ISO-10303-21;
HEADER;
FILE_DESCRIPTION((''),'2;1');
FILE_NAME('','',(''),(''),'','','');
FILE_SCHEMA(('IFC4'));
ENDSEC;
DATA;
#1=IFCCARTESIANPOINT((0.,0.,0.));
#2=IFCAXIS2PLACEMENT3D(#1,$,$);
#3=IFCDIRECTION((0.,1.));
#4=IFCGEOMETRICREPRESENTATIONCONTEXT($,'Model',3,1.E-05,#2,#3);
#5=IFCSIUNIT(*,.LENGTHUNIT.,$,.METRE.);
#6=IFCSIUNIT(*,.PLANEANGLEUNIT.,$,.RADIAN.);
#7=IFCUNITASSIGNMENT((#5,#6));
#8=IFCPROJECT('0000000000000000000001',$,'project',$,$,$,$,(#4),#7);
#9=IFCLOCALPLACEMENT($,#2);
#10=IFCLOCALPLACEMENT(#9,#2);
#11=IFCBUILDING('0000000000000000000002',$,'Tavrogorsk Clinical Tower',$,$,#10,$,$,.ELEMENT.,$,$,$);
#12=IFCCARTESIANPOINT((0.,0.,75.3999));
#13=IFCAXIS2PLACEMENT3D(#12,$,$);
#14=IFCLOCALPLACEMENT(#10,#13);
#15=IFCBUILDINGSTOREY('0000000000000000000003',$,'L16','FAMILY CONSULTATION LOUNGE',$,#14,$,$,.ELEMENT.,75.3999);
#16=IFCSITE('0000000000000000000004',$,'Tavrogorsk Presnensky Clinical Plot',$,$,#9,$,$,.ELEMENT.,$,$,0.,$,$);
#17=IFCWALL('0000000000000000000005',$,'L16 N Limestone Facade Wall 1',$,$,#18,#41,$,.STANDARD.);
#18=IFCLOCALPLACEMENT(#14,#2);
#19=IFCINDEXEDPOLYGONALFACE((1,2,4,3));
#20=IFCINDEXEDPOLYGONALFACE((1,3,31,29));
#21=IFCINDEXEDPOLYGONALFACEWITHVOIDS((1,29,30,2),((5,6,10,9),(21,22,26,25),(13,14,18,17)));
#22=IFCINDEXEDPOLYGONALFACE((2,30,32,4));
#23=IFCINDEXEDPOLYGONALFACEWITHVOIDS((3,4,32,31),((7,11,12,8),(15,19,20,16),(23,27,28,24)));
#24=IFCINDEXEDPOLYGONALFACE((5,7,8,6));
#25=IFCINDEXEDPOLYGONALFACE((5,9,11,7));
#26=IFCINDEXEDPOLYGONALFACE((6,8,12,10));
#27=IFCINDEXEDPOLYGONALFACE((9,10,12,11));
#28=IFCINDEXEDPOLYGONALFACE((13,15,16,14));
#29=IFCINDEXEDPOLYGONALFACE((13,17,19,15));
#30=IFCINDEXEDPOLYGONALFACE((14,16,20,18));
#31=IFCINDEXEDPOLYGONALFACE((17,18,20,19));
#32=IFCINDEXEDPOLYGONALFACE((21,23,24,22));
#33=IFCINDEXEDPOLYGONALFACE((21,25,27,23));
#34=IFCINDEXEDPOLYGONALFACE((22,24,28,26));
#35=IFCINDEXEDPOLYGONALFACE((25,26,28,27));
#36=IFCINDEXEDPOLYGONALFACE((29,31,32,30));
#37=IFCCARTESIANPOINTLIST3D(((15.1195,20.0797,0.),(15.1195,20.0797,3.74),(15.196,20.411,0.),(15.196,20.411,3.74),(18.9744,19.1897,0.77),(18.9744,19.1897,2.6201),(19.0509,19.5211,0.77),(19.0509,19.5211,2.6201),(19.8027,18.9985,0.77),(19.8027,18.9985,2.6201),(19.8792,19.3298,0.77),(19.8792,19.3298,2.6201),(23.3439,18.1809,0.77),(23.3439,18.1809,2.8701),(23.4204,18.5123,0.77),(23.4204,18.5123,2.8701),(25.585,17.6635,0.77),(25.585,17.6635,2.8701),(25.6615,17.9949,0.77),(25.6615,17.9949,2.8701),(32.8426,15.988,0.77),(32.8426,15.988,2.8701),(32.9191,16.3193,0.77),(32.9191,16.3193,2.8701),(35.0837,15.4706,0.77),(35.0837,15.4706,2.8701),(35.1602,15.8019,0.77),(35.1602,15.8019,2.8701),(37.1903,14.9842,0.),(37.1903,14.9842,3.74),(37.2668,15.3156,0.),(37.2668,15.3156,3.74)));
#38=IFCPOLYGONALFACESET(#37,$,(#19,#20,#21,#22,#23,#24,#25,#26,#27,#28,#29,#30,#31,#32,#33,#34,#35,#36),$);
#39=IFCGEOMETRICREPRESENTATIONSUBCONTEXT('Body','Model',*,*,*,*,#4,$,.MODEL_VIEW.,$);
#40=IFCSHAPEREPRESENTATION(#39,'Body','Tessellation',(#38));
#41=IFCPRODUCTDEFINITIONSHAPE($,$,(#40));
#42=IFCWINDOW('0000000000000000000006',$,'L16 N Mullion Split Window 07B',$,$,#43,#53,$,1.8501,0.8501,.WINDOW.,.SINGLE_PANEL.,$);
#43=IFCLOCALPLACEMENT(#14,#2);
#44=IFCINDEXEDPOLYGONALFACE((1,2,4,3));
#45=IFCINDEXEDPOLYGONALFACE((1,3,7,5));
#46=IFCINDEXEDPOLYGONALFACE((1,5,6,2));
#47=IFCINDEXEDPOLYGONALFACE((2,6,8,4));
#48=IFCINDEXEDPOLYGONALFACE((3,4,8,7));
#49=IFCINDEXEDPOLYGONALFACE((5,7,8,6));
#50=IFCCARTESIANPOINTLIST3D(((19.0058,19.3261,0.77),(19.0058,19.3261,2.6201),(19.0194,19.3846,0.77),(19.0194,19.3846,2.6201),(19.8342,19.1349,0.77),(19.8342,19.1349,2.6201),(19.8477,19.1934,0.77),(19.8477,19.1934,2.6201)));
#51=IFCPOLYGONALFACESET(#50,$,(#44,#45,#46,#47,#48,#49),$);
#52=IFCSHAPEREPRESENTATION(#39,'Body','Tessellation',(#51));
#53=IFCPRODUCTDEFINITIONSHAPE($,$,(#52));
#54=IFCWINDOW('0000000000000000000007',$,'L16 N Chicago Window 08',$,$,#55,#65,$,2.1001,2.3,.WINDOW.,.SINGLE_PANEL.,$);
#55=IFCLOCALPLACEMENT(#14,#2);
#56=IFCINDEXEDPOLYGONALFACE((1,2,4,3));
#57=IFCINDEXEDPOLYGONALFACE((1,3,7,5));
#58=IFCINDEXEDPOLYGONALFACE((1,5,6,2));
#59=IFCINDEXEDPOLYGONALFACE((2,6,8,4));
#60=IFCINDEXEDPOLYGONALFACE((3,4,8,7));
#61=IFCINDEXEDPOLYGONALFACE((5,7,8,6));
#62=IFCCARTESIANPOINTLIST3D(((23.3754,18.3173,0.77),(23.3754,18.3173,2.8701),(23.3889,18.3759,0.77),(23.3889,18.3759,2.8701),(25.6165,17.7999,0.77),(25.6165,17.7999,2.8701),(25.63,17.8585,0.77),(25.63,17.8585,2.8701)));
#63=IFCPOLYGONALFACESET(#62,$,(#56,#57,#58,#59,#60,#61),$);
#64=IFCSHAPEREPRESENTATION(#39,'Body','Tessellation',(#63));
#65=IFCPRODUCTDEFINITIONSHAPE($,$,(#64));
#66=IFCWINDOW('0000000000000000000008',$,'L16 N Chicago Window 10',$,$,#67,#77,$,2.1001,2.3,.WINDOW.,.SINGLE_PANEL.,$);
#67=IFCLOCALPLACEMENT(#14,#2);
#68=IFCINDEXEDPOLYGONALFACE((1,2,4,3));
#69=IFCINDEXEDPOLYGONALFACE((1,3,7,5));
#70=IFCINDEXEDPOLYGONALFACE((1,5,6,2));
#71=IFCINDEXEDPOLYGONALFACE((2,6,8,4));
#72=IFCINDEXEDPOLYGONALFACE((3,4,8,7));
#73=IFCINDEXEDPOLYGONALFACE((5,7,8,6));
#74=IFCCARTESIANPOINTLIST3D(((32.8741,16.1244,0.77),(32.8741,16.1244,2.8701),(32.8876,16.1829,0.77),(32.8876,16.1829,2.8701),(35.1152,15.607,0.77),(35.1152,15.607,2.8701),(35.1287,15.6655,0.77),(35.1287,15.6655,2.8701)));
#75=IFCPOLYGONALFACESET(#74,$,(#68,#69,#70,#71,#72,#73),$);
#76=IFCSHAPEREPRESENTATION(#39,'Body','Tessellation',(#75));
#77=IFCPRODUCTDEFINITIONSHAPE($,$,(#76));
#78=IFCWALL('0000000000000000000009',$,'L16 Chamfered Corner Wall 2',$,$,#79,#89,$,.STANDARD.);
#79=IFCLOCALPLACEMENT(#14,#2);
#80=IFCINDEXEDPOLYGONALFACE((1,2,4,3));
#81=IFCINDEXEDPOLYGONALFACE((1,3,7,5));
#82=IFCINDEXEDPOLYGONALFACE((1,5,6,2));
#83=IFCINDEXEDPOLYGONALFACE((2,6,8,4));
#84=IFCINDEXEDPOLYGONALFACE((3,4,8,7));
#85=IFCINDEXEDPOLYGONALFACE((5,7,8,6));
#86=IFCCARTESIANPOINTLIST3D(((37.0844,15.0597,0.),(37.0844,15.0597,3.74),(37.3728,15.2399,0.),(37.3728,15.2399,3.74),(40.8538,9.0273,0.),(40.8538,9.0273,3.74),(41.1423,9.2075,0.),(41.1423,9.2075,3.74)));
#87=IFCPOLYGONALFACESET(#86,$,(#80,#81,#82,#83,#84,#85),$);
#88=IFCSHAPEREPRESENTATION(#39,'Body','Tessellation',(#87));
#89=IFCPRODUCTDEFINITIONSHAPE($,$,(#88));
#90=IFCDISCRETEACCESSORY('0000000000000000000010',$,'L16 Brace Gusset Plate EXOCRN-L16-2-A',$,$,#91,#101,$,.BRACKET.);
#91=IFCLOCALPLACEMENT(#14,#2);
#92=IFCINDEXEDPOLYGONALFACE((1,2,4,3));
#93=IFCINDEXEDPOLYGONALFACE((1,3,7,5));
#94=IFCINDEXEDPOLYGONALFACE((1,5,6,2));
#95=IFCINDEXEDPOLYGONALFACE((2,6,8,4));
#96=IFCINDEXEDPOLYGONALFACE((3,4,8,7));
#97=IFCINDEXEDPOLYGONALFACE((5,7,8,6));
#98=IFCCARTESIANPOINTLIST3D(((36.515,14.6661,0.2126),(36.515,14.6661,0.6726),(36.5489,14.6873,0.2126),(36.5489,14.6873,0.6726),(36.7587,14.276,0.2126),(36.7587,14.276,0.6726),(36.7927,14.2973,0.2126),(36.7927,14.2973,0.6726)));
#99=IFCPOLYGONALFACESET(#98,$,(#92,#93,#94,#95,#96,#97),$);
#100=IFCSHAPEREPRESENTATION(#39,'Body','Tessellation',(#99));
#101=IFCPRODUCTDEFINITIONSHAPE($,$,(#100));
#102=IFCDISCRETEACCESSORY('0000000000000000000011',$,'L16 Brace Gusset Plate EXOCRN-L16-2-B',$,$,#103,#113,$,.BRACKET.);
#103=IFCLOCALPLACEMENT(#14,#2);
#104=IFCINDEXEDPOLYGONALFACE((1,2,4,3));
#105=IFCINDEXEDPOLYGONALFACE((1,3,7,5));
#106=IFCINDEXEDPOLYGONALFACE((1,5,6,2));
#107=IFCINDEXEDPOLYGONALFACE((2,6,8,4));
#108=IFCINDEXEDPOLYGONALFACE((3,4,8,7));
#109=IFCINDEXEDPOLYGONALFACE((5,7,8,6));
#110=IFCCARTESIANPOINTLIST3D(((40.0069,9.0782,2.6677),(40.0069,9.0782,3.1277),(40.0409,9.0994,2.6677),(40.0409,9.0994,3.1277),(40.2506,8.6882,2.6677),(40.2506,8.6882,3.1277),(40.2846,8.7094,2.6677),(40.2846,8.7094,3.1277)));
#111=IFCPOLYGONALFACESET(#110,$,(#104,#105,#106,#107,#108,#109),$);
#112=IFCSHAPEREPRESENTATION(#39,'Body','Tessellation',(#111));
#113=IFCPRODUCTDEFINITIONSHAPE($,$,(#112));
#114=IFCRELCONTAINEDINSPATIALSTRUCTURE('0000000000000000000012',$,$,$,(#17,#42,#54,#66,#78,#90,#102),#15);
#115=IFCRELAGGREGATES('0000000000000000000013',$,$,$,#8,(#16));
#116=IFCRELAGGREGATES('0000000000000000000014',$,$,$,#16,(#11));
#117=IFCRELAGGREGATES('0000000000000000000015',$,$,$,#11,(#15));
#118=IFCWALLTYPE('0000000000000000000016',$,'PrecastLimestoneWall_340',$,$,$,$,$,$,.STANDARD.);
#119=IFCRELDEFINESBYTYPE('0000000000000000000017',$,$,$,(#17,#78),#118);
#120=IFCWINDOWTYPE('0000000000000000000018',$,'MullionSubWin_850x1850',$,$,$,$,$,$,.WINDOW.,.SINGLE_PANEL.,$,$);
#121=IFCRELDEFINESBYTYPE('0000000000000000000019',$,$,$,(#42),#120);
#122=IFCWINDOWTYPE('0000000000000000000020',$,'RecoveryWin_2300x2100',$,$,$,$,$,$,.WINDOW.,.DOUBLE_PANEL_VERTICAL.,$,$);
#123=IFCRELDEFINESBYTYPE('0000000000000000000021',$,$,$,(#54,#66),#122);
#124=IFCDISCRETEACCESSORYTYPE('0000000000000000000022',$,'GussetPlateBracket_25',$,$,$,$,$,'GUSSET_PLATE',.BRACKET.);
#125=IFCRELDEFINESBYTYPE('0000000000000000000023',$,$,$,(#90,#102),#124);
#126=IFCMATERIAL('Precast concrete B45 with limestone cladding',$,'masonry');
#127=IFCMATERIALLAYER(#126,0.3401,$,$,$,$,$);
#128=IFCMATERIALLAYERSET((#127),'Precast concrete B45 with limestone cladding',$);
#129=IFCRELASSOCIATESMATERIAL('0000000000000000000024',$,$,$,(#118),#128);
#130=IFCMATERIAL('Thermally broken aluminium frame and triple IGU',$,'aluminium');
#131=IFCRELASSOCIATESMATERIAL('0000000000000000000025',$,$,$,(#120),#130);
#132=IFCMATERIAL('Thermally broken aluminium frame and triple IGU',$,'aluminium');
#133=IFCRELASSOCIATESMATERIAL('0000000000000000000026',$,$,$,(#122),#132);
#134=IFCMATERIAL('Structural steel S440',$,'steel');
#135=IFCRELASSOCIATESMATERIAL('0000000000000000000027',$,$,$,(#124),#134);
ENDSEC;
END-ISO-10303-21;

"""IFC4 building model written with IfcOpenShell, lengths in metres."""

from ifc_helpers import new_model, si_unit, direction, frame, frame_2d, origin, origin_2d, place, context, subcontext, project, spatial, rectangle, extrude, material, layer, layer_set, type_object, element, fill, save


model = new_model("IFC4")

# Units and contexts
model_context = context("Model", 3, precision=1e-05, world=origin(), true_north=direction((0.0, 1.0)))
body_context = subcontext(model_context, "Body", "Model", "MODEL_VIEW")
ifc_project = project(units=[si_unit("LENGTHUNIT", "METRE"), si_unit("PLANEANGLEUNIT", "RADIAN")], contexts=[model_context])

# Site, building, storey
site_placement = place(None, origin())
site = spatial("IfcSite", under=ifc_project, at=site_placement, Name="Tavrogorsk Presnensky Clinical Plot", CompositionType="ELEMENT", RefElevation=0.0)
building_placement = place(site_placement, origin())
building = spatial("IfcBuilding", under=site, at=building_placement, Name="Tavrogorsk Clinical Tower", CompositionType="ELEMENT")
storey_placement = place(building_placement, frame((0.0, 0.0, 75.3999)))
storey = spatial("IfcBuildingStorey", under=building, at=storey_placement, Name="L16", Description="FAMILY CONSULTATION LOUNGE", CompositionType="ELEMENT", Elevation=75.3999)

# Wall, openings, windows
ifc_material_1 = material(Name="Precast concrete B45 with limestone cladding", Category="masonry")
ifc_layer_1 = layer(ifc_material_1, 0.3401)
ifc_layer_set_1 = layer_set([ifc_layer_1], Name="Precast concrete B45 with limestone cladding")
wall_type_1 = type_object("IfcWallType", Name="PrecastLimestoneWall_340", PredefinedType="STANDARD", material=ifc_layer_set_1)
wall_1_placement = place(storey_placement, frame((37.2285, 15.1499, 0.0), z_axis=(0.0, 0.0, 1.0), x_axis=(-0.97437, 0.224952, 0.0)))
wall_1 = element("IfcWall", 1, at=wall_1_placement, inside=storey, type_object=wall_type_1, Name="L16 N Limestone Facade Wall 1", PredefinedType="STANDARD", context=body_context, shape_type="SweptSolid", body=[
    extrude(rectangle(XDim=22.6514, YDim=0.3401, at=frame_2d((11.3257, 0.0))), origin(), (0.0, 0.0, 1.0), 3.74),
])
opening_1_placement = place(wall_1_placement, frame((17.845, 0.0, 0.77)))
opening_1 = element("IfcOpeningElement", 2, at=opening_1_placement, cuts=wall_1, PredefinedType="OPENING", context=body_context, shape_type="SweptSolid", body=[
    extrude(rectangle(XDim=0.8501, YDim=1.8501, at=frame_2d((0.425, 0.925))), frame((0.0, 0.1799, 0.0), z_axis=(0.0, -1.0, 0.0), x_axis=(1.0, 0.0, 0.0)), (0.0, 0.0, 1.0), 0.3601),
])
opening_2_placement = place(wall_1_placement, frame((11.9106, 0.0, 0.77)))
opening_2 = element("IfcOpeningElement", 3, at=opening_2_placement, cuts=wall_1, PredefinedType="OPENING", context=body_context, shape_type="SweptSolid", body=[
    extrude(rectangle(XDim=2.3, YDim=2.1001, at=frame_2d((1.1499, 1.05))), frame((0.0, 0.1799, 0.0), z_axis=(0.0, -1.0, 0.0), x_axis=(1.0, 0.0, 0.0)), (0.0, 0.0, 1.0), 0.3601),
])
opening_3_placement = place(wall_1_placement, frame((2.1621, 0.0, 0.77)))
opening_3 = element("IfcOpeningElement", 4, at=opening_3_placement, cuts=wall_1, PredefinedType="OPENING", context=body_context, shape_type="SweptSolid", body=[
    extrude(rectangle(XDim=2.3, YDim=2.1001, at=frame_2d((1.1499, 1.05))), frame((0.0, 0.1799, 0.0), z_axis=(0.0, -1.0, 0.0), x_axis=(1.0, 0.0, 0.0)), (0.0, 0.0, 1.0), 0.3601),
])
ifc_material_2 = material(Name="Thermally broken aluminium frame and triple IGU", Category="aluminium")
window_type_1 = type_object("IfcWindowType", Name="MullionSubWin_850x1850", PartitioningType="SINGLE_PANEL", PredefinedType="WINDOW", material=ifc_material_2)
window_1_placement = place(opening_1_placement, origin())
window_1 = element("IfcWindow", 5, at=window_1_placement, inside=storey, type_object=window_type_1, Name="L16 N Mullion Split Window 07B", OverallHeight=1.8501, OverallWidth=0.8501, PartitioningType="SINGLE_PANEL", PredefinedType="WINDOW", context=body_context, shape_type="SweptSolid", body=[
    extrude(rectangle(XDim=0.8501, YDim=1.8501, at=frame_2d((0.425, 0.925))), frame((0.0, 0.03, 0.0), z_axis=(0.0, -1.0, 0.0), x_axis=(1.0, 0.0, 0.0)), (0.0, 0.0, 1.0), 0.0601),
])
fill(opening_1, window_1)
ifc_material_3 = material(Name="Thermally broken aluminium frame and triple IGU", Category="aluminium")
window_type_2 = type_object("IfcWindowType", Name="RecoveryWin_2300x2100", PartitioningType="DOUBLE_PANEL_VERTICAL", PredefinedType="WINDOW", material=ifc_material_3)
window_2_placement = place(opening_2_placement, origin())
window_2 = element("IfcWindow", 6, at=window_2_placement, inside=storey, type_object=window_type_2, Name="L16 N Chicago Window 08", OverallHeight=2.1001, OverallWidth=2.3, PartitioningType="SINGLE_PANEL", PredefinedType="WINDOW", context=body_context, shape_type="SweptSolid", body=[
    extrude(rectangle(XDim=2.3, YDim=2.1001, at=frame_2d((1.1499, 1.05))), frame((0.0, 0.03, 0.0), z_axis=(0.0, -1.0, 0.0), x_axis=(1.0, 0.0, 0.0)), (0.0, 0.0, 1.0), 0.0601),
])
fill(opening_2, window_2)
window_3_placement = place(opening_3_placement, origin())
window_3 = element("IfcWindow", 7, at=window_3_placement, inside=storey, type_object=window_type_2, Name="L16 N Chicago Window 10", OverallHeight=2.1001, OverallWidth=2.3, PartitioningType="SINGLE_PANEL", PredefinedType="WINDOW", context=body_context, shape_type="SweptSolid", body=[
    extrude(rectangle(XDim=2.3, YDim=2.1001, at=frame_2d((1.1499, 1.05))), frame((0.0, 0.03, 0.0), z_axis=(0.0, -1.0, 0.0), x_axis=(1.0, 0.0, 0.0)), (0.0, 0.0, 1.0), 0.0601),
])
fill(opening_3, window_3)

# Wall
wall_2_placement = place(storey_placement, frame((40.998, 9.1174, 0.0), z_axis=(0.0, 0.0, 1.0), x_axis=(-0.529922, 0.848047, 0.0)))
element("IfcWall", 8, at=wall_2_placement, inside=storey, type_object=wall_type_1, Name="L16 Chamfered Corner Wall 2", PredefinedType="STANDARD", context=body_context, shape_type="SweptSolid", body=[
    extrude(rectangle(XDim=7.1133, YDim=0.3401, at=frame_2d((3.5566, 0.0))), origin(), (0.0, 0.0, 1.0), 3.74),
])

# Discrete accessories
ifc_material_4 = material(Name="Structural steel S440", Category="steel")
discrete_accessory_type = type_object("IfcDiscreteAccessoryType", Name="GussetPlateBracket_25", ElementType="GUSSET_PLATE", PredefinedType="BRACKET", material=ifc_material_4)
for number, where, z_axis, x_axis, name in (
    (9, (36.6538, 14.4817, 0.2126), (0.0, 0.0, 1.0), (0.529919, -0.848048, 0.0), "L16 Brace Gusset Plate EXOCRN-L16-2-A"),
    (10, (40.1458, 8.8938, 2.6677), (0.0, 0.0, 1.0), (0.529919, -0.848048, 0.0), "L16 Brace Gusset Plate EXOCRN-L16-2-B"),
):
    element("IfcDiscreteAccessory", number, at=place(storey_placement, frame(where, z_axis=z_axis, x_axis=x_axis)), inside=storey, type_object=discrete_accessory_type, Name=name, PredefinedType="BRACKET", context=body_context, shape_type="SweptSolid", body=[
        extrude(rectangle(XDim=0.46, YDim=0.04, at=origin_2d()), origin(), (0.0, 0.0, 1.0), 0.46),
    ])

save(model, "model.ifc")
